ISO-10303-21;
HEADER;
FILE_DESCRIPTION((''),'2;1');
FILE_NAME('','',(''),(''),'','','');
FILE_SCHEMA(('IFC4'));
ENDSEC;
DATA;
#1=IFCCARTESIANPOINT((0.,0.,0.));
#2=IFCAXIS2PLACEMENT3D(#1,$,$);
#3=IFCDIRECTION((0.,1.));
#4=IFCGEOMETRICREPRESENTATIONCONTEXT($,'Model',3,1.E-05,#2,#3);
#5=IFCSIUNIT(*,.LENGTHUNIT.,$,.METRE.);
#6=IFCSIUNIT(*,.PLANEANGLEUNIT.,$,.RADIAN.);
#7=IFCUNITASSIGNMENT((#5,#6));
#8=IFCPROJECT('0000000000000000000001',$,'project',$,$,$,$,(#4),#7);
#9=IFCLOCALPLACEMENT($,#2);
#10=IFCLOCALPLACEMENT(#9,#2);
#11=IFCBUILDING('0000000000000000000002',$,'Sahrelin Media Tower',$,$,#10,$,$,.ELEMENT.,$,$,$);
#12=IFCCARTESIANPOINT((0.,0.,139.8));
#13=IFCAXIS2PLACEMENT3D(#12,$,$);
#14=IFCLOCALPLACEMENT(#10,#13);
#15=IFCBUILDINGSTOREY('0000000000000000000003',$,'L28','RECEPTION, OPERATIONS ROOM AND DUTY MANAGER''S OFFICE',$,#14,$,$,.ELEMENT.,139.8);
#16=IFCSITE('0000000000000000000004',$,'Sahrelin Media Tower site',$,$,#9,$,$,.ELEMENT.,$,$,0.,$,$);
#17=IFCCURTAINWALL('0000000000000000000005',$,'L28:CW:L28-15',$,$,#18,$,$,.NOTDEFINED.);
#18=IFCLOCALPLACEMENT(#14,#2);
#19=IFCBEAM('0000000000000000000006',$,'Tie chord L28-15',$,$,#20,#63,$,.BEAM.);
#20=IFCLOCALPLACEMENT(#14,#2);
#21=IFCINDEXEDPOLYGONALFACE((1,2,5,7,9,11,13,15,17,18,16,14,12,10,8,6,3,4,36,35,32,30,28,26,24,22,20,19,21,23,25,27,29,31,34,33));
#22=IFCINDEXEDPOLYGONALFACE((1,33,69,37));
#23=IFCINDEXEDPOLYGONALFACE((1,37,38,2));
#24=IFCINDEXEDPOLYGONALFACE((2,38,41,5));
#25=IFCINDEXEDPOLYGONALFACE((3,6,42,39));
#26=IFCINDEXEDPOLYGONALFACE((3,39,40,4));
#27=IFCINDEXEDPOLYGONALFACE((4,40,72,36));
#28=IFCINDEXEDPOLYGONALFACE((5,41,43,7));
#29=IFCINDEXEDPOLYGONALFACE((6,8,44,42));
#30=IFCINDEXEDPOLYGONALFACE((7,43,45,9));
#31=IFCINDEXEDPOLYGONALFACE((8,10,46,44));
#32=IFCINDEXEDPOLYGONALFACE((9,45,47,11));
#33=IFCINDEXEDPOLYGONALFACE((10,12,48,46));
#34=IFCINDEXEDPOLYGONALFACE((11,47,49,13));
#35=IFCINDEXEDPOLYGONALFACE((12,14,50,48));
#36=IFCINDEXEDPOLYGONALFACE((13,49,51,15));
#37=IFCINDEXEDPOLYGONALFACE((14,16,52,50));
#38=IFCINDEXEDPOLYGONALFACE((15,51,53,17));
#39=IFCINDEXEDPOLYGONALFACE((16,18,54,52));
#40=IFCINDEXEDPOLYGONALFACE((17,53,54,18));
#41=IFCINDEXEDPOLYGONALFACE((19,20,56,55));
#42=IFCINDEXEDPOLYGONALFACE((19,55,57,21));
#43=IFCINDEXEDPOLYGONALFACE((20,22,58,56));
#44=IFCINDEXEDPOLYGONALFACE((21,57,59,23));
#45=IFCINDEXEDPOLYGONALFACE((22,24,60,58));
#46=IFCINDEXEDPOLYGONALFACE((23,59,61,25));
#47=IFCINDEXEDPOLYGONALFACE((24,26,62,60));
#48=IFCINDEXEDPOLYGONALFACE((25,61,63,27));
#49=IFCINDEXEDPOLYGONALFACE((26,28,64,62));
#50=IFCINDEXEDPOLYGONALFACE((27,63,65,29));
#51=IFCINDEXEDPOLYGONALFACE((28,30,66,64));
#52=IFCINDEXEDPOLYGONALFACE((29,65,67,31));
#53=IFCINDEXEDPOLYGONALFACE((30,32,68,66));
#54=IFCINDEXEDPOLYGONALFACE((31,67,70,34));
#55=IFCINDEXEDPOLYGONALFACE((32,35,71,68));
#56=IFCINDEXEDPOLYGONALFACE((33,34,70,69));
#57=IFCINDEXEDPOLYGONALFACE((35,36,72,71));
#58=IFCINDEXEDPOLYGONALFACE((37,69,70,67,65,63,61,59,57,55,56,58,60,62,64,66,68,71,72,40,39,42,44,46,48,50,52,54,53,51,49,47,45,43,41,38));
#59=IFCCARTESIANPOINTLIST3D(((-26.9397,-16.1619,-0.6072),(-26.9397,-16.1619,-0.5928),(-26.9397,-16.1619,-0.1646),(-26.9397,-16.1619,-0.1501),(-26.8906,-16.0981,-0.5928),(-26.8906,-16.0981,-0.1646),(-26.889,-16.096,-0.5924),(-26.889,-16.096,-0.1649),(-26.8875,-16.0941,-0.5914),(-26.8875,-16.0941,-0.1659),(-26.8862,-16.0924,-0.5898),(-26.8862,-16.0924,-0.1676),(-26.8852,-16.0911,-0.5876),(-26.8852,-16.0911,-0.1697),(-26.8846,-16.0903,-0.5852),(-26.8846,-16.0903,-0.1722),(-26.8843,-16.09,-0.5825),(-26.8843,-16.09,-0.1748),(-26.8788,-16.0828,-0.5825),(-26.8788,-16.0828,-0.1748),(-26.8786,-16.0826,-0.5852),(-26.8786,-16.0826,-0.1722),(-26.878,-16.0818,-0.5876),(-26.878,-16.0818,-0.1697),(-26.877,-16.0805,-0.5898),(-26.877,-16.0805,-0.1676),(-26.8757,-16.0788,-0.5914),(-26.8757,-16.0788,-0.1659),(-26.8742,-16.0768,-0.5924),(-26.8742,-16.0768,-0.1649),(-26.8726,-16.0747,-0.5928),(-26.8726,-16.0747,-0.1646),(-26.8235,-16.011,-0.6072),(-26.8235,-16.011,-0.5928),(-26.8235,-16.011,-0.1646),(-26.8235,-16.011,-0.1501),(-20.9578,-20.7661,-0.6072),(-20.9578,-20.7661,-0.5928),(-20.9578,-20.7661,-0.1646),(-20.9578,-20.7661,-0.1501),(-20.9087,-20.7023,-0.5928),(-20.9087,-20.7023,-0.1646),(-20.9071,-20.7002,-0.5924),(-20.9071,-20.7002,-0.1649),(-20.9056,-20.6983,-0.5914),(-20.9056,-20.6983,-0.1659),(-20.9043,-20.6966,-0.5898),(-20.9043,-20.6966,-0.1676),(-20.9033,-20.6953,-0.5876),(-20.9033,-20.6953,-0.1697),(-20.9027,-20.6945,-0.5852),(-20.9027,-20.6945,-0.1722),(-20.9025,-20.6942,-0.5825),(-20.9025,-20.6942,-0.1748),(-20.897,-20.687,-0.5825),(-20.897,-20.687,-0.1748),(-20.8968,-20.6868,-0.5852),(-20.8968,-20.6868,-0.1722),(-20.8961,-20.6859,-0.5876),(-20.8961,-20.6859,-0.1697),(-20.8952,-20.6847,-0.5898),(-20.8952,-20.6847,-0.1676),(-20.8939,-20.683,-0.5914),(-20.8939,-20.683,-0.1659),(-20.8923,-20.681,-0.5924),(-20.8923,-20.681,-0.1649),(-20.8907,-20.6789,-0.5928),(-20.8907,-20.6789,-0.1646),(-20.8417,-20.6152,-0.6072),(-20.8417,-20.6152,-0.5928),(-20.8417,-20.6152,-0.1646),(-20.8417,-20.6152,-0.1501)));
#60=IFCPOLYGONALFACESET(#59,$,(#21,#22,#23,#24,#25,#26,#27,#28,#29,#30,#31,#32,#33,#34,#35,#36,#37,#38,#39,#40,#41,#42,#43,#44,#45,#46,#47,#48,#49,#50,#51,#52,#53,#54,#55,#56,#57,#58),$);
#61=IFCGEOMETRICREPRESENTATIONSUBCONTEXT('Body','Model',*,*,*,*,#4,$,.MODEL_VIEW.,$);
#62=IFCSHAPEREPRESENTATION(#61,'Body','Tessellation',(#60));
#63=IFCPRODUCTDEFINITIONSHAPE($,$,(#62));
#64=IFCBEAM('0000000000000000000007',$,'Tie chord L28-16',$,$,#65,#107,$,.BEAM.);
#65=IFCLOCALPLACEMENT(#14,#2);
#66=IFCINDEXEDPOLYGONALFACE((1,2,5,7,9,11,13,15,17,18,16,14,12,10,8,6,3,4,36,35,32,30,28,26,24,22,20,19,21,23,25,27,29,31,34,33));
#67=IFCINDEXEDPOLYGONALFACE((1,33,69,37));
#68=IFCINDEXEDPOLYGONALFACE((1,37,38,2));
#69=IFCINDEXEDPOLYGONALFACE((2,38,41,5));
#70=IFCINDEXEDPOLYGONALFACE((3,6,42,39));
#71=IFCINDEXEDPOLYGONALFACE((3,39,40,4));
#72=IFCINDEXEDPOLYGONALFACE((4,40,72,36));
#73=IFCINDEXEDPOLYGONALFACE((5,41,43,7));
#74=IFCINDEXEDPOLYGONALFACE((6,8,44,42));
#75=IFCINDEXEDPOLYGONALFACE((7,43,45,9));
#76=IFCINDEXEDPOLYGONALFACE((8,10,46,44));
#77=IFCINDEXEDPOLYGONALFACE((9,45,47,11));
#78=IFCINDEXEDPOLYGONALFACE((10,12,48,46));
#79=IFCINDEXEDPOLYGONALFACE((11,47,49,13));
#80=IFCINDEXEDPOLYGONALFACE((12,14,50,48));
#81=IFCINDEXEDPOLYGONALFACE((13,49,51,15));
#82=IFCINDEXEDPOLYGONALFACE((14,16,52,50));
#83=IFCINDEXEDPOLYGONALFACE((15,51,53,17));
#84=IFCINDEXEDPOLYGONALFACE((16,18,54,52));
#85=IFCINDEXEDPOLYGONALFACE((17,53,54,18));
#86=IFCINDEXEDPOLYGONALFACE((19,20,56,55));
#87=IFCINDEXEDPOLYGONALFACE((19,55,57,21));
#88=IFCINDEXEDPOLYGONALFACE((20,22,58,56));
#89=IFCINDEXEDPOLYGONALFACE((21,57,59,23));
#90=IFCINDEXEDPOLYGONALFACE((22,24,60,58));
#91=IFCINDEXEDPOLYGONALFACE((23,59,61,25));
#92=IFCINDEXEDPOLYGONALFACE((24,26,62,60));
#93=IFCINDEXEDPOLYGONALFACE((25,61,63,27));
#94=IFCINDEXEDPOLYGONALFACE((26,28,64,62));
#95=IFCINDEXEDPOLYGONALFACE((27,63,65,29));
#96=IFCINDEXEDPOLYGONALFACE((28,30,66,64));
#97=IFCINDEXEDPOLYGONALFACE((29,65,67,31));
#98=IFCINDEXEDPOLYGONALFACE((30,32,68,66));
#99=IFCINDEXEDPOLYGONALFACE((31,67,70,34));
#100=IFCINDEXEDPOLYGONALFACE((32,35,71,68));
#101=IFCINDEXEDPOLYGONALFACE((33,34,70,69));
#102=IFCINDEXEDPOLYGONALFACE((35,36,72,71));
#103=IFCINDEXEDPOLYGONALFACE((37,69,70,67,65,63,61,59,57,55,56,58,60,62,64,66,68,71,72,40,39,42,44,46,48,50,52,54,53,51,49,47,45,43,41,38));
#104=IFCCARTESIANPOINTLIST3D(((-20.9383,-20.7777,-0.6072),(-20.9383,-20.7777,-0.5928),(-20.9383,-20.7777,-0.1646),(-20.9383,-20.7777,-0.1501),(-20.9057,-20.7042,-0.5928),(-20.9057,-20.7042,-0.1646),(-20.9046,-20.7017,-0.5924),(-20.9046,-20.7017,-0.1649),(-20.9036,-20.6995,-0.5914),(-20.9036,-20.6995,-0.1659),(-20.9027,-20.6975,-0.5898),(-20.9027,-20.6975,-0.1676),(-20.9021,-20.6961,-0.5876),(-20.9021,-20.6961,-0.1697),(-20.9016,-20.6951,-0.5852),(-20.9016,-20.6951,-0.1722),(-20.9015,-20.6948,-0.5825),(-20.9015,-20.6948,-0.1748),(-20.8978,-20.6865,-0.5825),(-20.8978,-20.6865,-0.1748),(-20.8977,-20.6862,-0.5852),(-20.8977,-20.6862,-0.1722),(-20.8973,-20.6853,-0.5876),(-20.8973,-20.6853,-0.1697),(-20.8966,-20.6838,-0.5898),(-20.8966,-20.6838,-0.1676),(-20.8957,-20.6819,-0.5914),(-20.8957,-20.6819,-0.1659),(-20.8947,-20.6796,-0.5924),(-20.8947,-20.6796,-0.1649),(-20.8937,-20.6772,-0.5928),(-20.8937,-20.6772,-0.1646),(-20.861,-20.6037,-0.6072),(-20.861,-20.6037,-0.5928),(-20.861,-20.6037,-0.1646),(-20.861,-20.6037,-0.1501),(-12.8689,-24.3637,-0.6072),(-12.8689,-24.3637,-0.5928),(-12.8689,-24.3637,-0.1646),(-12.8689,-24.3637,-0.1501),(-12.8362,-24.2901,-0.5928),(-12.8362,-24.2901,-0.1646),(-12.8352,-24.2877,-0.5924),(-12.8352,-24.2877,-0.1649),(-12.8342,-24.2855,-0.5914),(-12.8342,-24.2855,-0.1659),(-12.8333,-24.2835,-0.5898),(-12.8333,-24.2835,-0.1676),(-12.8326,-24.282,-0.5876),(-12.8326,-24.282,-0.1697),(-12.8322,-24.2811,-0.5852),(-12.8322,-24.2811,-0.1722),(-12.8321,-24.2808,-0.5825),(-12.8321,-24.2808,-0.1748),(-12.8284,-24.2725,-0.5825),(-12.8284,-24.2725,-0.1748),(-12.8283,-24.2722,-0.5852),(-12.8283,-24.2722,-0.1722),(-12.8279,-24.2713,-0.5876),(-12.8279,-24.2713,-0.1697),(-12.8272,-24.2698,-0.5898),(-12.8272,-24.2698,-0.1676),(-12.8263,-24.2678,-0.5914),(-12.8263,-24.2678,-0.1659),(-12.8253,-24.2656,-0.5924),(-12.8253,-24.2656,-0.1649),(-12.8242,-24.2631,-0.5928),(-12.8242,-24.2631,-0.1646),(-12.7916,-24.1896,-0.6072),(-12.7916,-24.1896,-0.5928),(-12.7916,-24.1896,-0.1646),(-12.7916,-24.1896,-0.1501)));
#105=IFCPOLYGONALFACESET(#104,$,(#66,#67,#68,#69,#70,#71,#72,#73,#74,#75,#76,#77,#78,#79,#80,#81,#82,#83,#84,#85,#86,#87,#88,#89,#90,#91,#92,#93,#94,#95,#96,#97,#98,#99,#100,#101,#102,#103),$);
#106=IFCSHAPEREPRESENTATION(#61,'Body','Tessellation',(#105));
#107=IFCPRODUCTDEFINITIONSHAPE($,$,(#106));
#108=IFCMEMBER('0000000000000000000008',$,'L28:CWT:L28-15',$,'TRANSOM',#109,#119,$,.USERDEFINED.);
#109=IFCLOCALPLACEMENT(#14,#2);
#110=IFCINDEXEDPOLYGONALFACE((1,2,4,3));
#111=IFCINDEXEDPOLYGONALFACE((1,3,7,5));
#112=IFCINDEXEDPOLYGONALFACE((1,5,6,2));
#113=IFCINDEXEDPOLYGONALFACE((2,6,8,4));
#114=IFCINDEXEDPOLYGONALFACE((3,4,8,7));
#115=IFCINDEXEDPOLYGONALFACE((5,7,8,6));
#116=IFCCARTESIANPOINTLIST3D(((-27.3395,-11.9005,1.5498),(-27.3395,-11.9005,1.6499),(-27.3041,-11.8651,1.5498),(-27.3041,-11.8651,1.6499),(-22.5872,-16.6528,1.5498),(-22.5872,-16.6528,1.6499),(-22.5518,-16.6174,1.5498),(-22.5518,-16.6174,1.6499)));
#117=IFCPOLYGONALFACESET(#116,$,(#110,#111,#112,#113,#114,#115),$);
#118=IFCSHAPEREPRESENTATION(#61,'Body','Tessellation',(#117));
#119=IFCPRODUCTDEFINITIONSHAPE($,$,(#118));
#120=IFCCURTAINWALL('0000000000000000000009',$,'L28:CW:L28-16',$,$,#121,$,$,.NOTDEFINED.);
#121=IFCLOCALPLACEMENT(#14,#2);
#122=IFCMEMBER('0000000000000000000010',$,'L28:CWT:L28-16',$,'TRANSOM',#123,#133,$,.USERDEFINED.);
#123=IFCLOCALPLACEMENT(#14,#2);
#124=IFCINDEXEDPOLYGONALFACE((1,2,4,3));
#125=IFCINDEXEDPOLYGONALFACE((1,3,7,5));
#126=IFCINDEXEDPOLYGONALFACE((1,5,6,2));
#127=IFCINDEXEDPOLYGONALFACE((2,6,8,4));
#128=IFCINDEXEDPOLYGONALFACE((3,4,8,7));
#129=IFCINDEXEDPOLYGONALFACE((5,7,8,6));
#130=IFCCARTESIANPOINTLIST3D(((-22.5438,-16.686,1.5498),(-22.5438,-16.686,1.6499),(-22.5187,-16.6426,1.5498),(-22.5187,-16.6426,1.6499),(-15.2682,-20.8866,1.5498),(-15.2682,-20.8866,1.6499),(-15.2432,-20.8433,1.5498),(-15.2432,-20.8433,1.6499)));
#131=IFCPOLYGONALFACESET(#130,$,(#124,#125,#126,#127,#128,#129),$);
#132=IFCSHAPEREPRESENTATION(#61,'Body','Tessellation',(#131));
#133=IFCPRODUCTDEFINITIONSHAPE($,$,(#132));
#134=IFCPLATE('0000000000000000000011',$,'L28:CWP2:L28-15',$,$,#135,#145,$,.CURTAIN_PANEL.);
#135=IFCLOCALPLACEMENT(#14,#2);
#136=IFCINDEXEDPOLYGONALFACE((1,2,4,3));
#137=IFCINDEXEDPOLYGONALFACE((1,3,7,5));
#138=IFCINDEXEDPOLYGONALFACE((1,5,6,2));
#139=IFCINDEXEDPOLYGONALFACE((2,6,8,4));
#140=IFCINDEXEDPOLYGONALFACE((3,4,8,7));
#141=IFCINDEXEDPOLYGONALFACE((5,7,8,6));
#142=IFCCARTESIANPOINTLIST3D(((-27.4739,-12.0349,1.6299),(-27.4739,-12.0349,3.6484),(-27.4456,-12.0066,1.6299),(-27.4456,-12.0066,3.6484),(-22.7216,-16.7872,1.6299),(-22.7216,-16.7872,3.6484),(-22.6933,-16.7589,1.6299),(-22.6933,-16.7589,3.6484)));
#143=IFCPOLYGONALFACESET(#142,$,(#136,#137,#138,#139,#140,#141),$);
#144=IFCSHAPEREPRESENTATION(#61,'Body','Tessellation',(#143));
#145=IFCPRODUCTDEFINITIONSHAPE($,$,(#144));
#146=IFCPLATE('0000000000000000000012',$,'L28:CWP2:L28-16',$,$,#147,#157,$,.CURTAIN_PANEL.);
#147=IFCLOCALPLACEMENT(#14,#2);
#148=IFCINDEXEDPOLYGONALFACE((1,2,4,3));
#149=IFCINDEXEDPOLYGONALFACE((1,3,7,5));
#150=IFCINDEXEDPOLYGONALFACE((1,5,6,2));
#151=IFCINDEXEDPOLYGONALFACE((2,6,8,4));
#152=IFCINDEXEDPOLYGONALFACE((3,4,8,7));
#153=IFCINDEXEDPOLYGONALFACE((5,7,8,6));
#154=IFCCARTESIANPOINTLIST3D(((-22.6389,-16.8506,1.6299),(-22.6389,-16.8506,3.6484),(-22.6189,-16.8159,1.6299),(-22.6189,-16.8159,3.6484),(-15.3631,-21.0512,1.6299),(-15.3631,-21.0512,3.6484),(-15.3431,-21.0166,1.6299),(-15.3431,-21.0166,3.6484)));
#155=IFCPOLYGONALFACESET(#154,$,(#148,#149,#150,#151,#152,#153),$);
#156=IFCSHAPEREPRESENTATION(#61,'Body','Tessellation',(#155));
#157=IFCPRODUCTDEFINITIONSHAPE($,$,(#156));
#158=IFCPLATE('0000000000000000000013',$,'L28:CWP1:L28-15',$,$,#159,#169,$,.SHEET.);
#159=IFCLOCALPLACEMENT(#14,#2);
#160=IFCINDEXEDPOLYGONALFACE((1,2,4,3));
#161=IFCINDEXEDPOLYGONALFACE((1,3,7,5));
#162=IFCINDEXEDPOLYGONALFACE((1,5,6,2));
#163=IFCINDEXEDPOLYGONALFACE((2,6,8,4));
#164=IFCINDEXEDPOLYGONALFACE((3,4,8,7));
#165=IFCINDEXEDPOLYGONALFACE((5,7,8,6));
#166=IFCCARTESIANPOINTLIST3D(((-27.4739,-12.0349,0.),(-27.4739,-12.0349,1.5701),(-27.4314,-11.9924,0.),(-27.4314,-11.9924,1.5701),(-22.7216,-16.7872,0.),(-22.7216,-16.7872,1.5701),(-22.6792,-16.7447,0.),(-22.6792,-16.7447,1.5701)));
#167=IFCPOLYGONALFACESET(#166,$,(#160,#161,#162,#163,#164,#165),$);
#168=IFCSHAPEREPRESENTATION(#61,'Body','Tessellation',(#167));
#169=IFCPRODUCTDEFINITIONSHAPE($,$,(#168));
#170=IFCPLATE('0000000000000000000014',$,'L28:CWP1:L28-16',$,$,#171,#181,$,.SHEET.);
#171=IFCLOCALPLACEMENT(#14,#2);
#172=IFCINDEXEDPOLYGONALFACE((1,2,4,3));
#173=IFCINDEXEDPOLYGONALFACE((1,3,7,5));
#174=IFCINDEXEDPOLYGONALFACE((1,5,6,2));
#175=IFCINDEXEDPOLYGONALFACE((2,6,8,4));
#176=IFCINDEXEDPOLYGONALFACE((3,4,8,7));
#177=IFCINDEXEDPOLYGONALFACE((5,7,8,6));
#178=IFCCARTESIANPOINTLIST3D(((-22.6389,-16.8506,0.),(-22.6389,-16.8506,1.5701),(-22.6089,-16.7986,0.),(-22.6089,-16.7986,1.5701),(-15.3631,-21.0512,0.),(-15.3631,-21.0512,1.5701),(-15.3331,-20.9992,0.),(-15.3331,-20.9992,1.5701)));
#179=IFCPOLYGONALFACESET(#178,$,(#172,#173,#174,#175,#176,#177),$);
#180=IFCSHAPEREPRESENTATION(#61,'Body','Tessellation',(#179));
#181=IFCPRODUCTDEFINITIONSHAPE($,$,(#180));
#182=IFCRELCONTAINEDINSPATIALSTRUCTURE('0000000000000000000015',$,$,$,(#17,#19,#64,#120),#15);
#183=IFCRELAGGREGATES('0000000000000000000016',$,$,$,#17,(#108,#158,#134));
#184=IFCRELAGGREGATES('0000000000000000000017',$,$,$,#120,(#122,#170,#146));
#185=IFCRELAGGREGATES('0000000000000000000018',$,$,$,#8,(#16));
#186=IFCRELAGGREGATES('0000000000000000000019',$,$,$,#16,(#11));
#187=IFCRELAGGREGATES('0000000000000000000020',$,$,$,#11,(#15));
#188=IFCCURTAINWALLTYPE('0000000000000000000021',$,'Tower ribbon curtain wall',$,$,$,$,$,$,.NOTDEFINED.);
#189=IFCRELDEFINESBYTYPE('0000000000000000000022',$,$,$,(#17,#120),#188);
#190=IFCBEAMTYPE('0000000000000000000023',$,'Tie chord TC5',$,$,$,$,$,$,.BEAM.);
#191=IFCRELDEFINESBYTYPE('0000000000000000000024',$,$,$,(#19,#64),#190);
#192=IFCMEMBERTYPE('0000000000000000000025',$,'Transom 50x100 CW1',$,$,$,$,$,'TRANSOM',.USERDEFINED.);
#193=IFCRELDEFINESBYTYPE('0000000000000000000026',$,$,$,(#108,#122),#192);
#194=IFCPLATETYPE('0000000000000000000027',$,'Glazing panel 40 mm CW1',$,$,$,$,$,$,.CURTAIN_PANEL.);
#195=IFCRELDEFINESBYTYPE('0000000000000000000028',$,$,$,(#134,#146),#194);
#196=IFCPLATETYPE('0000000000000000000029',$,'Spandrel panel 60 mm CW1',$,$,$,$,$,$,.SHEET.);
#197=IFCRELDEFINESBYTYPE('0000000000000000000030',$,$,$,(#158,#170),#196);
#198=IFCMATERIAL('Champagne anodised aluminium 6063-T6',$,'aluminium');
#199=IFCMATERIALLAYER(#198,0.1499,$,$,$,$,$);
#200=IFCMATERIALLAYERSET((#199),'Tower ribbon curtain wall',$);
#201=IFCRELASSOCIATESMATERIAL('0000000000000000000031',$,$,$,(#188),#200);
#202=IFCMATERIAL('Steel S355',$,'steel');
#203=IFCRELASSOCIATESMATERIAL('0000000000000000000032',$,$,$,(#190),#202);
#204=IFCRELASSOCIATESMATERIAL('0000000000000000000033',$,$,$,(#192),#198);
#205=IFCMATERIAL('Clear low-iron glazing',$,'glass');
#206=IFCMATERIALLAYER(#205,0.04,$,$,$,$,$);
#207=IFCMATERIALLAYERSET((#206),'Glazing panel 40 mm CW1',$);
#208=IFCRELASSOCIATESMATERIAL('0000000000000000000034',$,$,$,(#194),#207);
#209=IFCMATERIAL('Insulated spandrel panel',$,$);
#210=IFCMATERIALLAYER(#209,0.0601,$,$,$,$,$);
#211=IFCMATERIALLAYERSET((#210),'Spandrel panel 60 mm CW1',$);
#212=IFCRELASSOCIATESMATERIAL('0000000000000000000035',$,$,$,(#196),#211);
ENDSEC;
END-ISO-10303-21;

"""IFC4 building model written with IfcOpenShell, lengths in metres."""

from ifc_helpers import new_model, si_unit, direction, frame, origin, origin_2d, place, context, subcontext, project, spatial, polyline, rectangle, i_section, outline, extrude, material, layer, layer_set, material_profile, profile_set, type_object, element, aggregate, save


model = new_model("IFC4")

# Units and contexts
model_context = context("Model", 3, precision=1e-05, world=origin(), true_north=direction((0.0, 1.0)))
body_context = subcontext(model_context, "Body", "Model", "MODEL_VIEW")
ifc_project = project(units=[si_unit("LENGTHUNIT", "METRE"), si_unit("PLANEANGLEUNIT", "RADIAN")], contexts=[model_context])

# Site, building, storey
site_placement = place(None, origin())
site = spatial("IfcSite", under=ifc_project, at=site_placement, Name="Sahrelin Media Tower site", CompositionType="ELEMENT", RefElevation=0.0)
building_placement = place(site_placement, origin())
building = spatial("IfcBuilding", under=site, at=building_placement, Name="Sahrelin Media Tower", CompositionType="ELEMENT")
storey_placement = place(building_placement, frame((0.0, 0.0, 139.8)))
storey = spatial("IfcBuildingStorey", under=building, at=storey_placement, Name="L28", Description="RECEPTION, OPERATIONS ROOM AND DUTY MANAGER'S OFFICE", CompositionType="ELEMENT", Elevation=139.8)

# Shared definitions
ifc_material_1 = material(Name="Steel S355", Category="steel")

# Curtain wall
ifc_material_2 = material(Name="Champagne anodised aluminium 6063-T6", Category="aluminium")
ifc_layer_1 = layer(ifc_material_2, 0.1499)
ifc_layer_set_1 = layer_set([ifc_layer_1], Name="Tower ribbon curtain wall")
curtain_wall_type = type_object("IfcCurtainWallType", Name="Tower ribbon curtain wall", PredefinedType="NOTDEFINED", material=ifc_layer_set_1)
curtain_wall_1_placement = place(storey_placement, frame((-25.0835, -14.3967, 0.0), z_axis=(0.0, 0.0, 1.0), x_axis=(1.0, 0.0, 0.0)))
curtain_wall_1 = element("IfcCurtainWall", 1, at=curtain_wall_1_placement, inside=storey, type_object=curtain_wall_type, Name="L28:CW:L28-15", PredefinedType="NOTDEFINED")

# Beams
ifc_material_profile_1 = material_profile(ifc_material_1, i_section(OverallWidth=0.1904, OverallDepth=0.457, WebThickness=0.009, FlangeThickness=0.0144, FilletRadius=0.0103, at=origin_2d()), Name="UB 457x191x74")
ifc_profile_set_1 = profile_set([ifc_material_profile_1], Name="Steel S355")
beam_type_1 = type_object("IfcBeamType", Name="Tie chord TC5", PredefinedType="BEAM", material=ifc_profile_set_1)
beam_1_placement = place(storey_placement, frame((-26.8816, -16.0864, -0.3787), z_axis=(0.792447, -0.60994, 0.0), x_axis=(0.60994, 0.792447, 0.0)))
element("IfcBeam", 2, at=beam_1_placement, inside=storey, type_object=beam_type_1, Name="Tie chord L28-15", PredefinedType="BEAM", context=body_context, shape_type="SweptSolid", body=[
    extrude(i_section(OverallWidth=0.1904, OverallDepth=0.457, WebThickness=0.009, FlangeThickness=0.0144, FilletRadius=0.0103, at=origin_2d()), origin(), (0.0, 0.0, 1.0), 7.5486),
])
beam_2_placement = place(storey_placement, frame((-20.8997, -20.6907, -0.3787), z_axis=(0.91383, -0.406097, 0.0), x_axis=(0.406097, 0.91383, 0.0)))
element("IfcBeam", 3, at=beam_2_placement, inside=storey, type_object=beam_type_1, Name="Tie chord L28-16", PredefinedType="BEAM", context=body_context, shape_type="SweptSolid", body=[
    extrude(i_section(OverallWidth=0.1904, OverallDepth=0.457, WebThickness=0.009, FlangeThickness=0.0144, FilletRadius=0.0103, at=origin_2d()), origin(), (0.0, 0.0, 1.0), 8.8303),
])

# Member
ifc_material_profile_2 = material_profile(ifc_material_2, rectangle(XDim=0.05, YDim=0.1001, at=origin_2d()), Name="Transom 50x100")
ifc_profile_set_2 = profile_set([ifc_material_profile_2], Name="Champagne anodised aluminium 6063-T6")
member_type_1 = type_object("IfcMemberType", Name="Transom 50x100 CW1", ElementType="TRANSOM", PredefinedType="USERDEFINED", material=ifc_profile_set_2)
member_1_placement = place(storey_placement, frame((-27.3218, -11.8828, 1.5999), z_axis=(0.707107, -0.707107, 0.0), x_axis=(0.707107, 0.707107, 0.0)))
member_1 = element("IfcMember", 4, at=member_1_placement, type_object=member_type_1, Name="L28:CWT:L28-15", ObjectType="TRANSOM", PredefinedType="USERDEFINED", context=body_context, shape_type="SweptSolid", body=[
    extrude(rectangle(XDim=0.05, YDim=0.1001, at=origin_2d()), origin(), (0.0, 0.0, 1.0), 6.7207),
])

# Curtain wall, member
curtain_wall_2_placement = place(storey_placement, frame((-18.991, -18.9336, 0.0), z_axis=(0.0, 0.0, 1.0), x_axis=(1.0, 0.0, 0.0)))
curtain_wall_2 = element("IfcCurtainWall", 5, at=curtain_wall_2_placement, inside=storey, type_object=curtain_wall_type, Name="L28:CW:L28-16", PredefinedType="NOTDEFINED")
member_2_placement = place(storey_placement, frame((-22.5312, -16.6643, 1.5999), z_axis=(0.866021, -0.500008, 0.0), x_axis=(0.500008, 0.866021, 0.0)))
member_2 = element("IfcMember", 6, at=member_2_placement, type_object=member_type_1, Name="L28:CWT:L28-16", ObjectType="TRANSOM", PredefinedType="USERDEFINED", context=body_context, shape_type="SweptSolid", body=[
    extrude(rectangle(XDim=0.05, YDim=0.1001, at=origin_2d()), origin(), (0.0, 0.0, 1.0), 8.4011),
])

# Plates
ifc_material_3 = material(Name="Clear low-iron glazing", Category="glass")
ifc_layer_2 = layer(ifc_material_3, 0.04)
ifc_layer_set_2 = layer_set([ifc_layer_2], Name="Glazing panel 40 mm CW1")
plate_type_1 = type_object("IfcPlateType", Name="Glazing panel 40 mm CW1", PredefinedType="CURTAIN_PANEL", material=ifc_layer_set_2)
plate_1_placement = place(storey_placement, frame((-27.4739, -12.0349, 1.6299), z_axis=(-0.707107, -0.707107, 0.0), x_axis=(0.707107, -0.707107, 0.0)))
plate_1 = element("IfcPlate", 7, at=plate_1_placement, type_object=plate_type_1, Name="L28:CWP2:L28-15", PredefinedType="CURTAIN_PANEL", context=body_context, shape_type="SweptSolid", body=[
    extrude(outline(polyline([(0.0, 0.0), (6.7207, 0.0), (6.7207, 2.0186), (0.0, 2.0186), (0.0, 0.0)])), origin(), (0.0, 0.0, -1.0), 0.04),
])
plate_2_placement = place(storey_placement, frame((-22.6389, -16.8506, 1.6299), z_axis=(-0.499996, -0.866028, 0.0), x_axis=(0.866028, -0.499996, 0.0)))
plate_2 = element("IfcPlate", 8, at=plate_2_placement, type_object=plate_type_1, Name="L28:CWP2:L28-16", PredefinedType="CURTAIN_PANEL", context=body_context, shape_type="SweptSolid", body=[
    extrude(outline(polyline([(0.0, 0.0), (8.4014, 0.0), (8.4014, 2.0186), (0.0, 2.0186), (0.0, 0.0)])), origin(), (0.0, 0.0, -1.0), 0.04),
])
ifc_material_4 = material(Name="Insulated spandrel panel")
ifc_layer_3 = layer(ifc_material_4, 0.0601)
ifc_layer_set_3 = layer_set([ifc_layer_3], Name="Spandrel panel 60 mm CW1")
plate_type_2 = type_object("IfcPlateType", Name="Spandrel panel 60 mm CW1", PredefinedType="SHEET", material=ifc_layer_set_3)
plate_3_placement = place(storey_placement, frame((-27.4739, -12.0349, 0.0), z_axis=(-0.707107, -0.707107, 0.0), x_axis=(0.707107, -0.707107, 0.0)))
plate_3 = element("IfcPlate", 9, at=plate_3_placement, type_object=plate_type_2, Name="L28:CWP1:L28-15", PredefinedType="SHEET", context=body_context, shape_type="SweptSolid", body=[
    extrude(outline(polyline([(0.0, 0.0), (6.7207, 0.0), (6.7207, 1.5701), (0.0, 1.5701), (0.0, 0.0)])), origin(), (0.0, 0.0, -1.0), 0.0601),
])
aggregate(curtain_wall_1, [member_1, plate_3, plate_1])
plate_4_placement = place(storey_placement, frame((-22.6389, -16.8506, 0.0), z_axis=(-0.499996, -0.866028, 0.0), x_axis=(0.866028, -0.499996, 0.0)))
plate_4 = element("IfcPlate", 10, at=plate_4_placement, type_object=plate_type_2, Name="L28:CWP1:L28-16", PredefinedType="SHEET", context=body_context, shape_type="SweptSolid", body=[
    extrude(outline(polyline([(0.0, 0.0), (8.4014, 0.0), (8.4014, 1.5701), (0.0, 1.5701), (0.0, 0.0)])), origin(), (0.0, 0.0, -1.0), 0.0601),
])
aggregate(curtain_wall_2, [member_2, plate_4, plate_2])

save(model, "model.ifc")
